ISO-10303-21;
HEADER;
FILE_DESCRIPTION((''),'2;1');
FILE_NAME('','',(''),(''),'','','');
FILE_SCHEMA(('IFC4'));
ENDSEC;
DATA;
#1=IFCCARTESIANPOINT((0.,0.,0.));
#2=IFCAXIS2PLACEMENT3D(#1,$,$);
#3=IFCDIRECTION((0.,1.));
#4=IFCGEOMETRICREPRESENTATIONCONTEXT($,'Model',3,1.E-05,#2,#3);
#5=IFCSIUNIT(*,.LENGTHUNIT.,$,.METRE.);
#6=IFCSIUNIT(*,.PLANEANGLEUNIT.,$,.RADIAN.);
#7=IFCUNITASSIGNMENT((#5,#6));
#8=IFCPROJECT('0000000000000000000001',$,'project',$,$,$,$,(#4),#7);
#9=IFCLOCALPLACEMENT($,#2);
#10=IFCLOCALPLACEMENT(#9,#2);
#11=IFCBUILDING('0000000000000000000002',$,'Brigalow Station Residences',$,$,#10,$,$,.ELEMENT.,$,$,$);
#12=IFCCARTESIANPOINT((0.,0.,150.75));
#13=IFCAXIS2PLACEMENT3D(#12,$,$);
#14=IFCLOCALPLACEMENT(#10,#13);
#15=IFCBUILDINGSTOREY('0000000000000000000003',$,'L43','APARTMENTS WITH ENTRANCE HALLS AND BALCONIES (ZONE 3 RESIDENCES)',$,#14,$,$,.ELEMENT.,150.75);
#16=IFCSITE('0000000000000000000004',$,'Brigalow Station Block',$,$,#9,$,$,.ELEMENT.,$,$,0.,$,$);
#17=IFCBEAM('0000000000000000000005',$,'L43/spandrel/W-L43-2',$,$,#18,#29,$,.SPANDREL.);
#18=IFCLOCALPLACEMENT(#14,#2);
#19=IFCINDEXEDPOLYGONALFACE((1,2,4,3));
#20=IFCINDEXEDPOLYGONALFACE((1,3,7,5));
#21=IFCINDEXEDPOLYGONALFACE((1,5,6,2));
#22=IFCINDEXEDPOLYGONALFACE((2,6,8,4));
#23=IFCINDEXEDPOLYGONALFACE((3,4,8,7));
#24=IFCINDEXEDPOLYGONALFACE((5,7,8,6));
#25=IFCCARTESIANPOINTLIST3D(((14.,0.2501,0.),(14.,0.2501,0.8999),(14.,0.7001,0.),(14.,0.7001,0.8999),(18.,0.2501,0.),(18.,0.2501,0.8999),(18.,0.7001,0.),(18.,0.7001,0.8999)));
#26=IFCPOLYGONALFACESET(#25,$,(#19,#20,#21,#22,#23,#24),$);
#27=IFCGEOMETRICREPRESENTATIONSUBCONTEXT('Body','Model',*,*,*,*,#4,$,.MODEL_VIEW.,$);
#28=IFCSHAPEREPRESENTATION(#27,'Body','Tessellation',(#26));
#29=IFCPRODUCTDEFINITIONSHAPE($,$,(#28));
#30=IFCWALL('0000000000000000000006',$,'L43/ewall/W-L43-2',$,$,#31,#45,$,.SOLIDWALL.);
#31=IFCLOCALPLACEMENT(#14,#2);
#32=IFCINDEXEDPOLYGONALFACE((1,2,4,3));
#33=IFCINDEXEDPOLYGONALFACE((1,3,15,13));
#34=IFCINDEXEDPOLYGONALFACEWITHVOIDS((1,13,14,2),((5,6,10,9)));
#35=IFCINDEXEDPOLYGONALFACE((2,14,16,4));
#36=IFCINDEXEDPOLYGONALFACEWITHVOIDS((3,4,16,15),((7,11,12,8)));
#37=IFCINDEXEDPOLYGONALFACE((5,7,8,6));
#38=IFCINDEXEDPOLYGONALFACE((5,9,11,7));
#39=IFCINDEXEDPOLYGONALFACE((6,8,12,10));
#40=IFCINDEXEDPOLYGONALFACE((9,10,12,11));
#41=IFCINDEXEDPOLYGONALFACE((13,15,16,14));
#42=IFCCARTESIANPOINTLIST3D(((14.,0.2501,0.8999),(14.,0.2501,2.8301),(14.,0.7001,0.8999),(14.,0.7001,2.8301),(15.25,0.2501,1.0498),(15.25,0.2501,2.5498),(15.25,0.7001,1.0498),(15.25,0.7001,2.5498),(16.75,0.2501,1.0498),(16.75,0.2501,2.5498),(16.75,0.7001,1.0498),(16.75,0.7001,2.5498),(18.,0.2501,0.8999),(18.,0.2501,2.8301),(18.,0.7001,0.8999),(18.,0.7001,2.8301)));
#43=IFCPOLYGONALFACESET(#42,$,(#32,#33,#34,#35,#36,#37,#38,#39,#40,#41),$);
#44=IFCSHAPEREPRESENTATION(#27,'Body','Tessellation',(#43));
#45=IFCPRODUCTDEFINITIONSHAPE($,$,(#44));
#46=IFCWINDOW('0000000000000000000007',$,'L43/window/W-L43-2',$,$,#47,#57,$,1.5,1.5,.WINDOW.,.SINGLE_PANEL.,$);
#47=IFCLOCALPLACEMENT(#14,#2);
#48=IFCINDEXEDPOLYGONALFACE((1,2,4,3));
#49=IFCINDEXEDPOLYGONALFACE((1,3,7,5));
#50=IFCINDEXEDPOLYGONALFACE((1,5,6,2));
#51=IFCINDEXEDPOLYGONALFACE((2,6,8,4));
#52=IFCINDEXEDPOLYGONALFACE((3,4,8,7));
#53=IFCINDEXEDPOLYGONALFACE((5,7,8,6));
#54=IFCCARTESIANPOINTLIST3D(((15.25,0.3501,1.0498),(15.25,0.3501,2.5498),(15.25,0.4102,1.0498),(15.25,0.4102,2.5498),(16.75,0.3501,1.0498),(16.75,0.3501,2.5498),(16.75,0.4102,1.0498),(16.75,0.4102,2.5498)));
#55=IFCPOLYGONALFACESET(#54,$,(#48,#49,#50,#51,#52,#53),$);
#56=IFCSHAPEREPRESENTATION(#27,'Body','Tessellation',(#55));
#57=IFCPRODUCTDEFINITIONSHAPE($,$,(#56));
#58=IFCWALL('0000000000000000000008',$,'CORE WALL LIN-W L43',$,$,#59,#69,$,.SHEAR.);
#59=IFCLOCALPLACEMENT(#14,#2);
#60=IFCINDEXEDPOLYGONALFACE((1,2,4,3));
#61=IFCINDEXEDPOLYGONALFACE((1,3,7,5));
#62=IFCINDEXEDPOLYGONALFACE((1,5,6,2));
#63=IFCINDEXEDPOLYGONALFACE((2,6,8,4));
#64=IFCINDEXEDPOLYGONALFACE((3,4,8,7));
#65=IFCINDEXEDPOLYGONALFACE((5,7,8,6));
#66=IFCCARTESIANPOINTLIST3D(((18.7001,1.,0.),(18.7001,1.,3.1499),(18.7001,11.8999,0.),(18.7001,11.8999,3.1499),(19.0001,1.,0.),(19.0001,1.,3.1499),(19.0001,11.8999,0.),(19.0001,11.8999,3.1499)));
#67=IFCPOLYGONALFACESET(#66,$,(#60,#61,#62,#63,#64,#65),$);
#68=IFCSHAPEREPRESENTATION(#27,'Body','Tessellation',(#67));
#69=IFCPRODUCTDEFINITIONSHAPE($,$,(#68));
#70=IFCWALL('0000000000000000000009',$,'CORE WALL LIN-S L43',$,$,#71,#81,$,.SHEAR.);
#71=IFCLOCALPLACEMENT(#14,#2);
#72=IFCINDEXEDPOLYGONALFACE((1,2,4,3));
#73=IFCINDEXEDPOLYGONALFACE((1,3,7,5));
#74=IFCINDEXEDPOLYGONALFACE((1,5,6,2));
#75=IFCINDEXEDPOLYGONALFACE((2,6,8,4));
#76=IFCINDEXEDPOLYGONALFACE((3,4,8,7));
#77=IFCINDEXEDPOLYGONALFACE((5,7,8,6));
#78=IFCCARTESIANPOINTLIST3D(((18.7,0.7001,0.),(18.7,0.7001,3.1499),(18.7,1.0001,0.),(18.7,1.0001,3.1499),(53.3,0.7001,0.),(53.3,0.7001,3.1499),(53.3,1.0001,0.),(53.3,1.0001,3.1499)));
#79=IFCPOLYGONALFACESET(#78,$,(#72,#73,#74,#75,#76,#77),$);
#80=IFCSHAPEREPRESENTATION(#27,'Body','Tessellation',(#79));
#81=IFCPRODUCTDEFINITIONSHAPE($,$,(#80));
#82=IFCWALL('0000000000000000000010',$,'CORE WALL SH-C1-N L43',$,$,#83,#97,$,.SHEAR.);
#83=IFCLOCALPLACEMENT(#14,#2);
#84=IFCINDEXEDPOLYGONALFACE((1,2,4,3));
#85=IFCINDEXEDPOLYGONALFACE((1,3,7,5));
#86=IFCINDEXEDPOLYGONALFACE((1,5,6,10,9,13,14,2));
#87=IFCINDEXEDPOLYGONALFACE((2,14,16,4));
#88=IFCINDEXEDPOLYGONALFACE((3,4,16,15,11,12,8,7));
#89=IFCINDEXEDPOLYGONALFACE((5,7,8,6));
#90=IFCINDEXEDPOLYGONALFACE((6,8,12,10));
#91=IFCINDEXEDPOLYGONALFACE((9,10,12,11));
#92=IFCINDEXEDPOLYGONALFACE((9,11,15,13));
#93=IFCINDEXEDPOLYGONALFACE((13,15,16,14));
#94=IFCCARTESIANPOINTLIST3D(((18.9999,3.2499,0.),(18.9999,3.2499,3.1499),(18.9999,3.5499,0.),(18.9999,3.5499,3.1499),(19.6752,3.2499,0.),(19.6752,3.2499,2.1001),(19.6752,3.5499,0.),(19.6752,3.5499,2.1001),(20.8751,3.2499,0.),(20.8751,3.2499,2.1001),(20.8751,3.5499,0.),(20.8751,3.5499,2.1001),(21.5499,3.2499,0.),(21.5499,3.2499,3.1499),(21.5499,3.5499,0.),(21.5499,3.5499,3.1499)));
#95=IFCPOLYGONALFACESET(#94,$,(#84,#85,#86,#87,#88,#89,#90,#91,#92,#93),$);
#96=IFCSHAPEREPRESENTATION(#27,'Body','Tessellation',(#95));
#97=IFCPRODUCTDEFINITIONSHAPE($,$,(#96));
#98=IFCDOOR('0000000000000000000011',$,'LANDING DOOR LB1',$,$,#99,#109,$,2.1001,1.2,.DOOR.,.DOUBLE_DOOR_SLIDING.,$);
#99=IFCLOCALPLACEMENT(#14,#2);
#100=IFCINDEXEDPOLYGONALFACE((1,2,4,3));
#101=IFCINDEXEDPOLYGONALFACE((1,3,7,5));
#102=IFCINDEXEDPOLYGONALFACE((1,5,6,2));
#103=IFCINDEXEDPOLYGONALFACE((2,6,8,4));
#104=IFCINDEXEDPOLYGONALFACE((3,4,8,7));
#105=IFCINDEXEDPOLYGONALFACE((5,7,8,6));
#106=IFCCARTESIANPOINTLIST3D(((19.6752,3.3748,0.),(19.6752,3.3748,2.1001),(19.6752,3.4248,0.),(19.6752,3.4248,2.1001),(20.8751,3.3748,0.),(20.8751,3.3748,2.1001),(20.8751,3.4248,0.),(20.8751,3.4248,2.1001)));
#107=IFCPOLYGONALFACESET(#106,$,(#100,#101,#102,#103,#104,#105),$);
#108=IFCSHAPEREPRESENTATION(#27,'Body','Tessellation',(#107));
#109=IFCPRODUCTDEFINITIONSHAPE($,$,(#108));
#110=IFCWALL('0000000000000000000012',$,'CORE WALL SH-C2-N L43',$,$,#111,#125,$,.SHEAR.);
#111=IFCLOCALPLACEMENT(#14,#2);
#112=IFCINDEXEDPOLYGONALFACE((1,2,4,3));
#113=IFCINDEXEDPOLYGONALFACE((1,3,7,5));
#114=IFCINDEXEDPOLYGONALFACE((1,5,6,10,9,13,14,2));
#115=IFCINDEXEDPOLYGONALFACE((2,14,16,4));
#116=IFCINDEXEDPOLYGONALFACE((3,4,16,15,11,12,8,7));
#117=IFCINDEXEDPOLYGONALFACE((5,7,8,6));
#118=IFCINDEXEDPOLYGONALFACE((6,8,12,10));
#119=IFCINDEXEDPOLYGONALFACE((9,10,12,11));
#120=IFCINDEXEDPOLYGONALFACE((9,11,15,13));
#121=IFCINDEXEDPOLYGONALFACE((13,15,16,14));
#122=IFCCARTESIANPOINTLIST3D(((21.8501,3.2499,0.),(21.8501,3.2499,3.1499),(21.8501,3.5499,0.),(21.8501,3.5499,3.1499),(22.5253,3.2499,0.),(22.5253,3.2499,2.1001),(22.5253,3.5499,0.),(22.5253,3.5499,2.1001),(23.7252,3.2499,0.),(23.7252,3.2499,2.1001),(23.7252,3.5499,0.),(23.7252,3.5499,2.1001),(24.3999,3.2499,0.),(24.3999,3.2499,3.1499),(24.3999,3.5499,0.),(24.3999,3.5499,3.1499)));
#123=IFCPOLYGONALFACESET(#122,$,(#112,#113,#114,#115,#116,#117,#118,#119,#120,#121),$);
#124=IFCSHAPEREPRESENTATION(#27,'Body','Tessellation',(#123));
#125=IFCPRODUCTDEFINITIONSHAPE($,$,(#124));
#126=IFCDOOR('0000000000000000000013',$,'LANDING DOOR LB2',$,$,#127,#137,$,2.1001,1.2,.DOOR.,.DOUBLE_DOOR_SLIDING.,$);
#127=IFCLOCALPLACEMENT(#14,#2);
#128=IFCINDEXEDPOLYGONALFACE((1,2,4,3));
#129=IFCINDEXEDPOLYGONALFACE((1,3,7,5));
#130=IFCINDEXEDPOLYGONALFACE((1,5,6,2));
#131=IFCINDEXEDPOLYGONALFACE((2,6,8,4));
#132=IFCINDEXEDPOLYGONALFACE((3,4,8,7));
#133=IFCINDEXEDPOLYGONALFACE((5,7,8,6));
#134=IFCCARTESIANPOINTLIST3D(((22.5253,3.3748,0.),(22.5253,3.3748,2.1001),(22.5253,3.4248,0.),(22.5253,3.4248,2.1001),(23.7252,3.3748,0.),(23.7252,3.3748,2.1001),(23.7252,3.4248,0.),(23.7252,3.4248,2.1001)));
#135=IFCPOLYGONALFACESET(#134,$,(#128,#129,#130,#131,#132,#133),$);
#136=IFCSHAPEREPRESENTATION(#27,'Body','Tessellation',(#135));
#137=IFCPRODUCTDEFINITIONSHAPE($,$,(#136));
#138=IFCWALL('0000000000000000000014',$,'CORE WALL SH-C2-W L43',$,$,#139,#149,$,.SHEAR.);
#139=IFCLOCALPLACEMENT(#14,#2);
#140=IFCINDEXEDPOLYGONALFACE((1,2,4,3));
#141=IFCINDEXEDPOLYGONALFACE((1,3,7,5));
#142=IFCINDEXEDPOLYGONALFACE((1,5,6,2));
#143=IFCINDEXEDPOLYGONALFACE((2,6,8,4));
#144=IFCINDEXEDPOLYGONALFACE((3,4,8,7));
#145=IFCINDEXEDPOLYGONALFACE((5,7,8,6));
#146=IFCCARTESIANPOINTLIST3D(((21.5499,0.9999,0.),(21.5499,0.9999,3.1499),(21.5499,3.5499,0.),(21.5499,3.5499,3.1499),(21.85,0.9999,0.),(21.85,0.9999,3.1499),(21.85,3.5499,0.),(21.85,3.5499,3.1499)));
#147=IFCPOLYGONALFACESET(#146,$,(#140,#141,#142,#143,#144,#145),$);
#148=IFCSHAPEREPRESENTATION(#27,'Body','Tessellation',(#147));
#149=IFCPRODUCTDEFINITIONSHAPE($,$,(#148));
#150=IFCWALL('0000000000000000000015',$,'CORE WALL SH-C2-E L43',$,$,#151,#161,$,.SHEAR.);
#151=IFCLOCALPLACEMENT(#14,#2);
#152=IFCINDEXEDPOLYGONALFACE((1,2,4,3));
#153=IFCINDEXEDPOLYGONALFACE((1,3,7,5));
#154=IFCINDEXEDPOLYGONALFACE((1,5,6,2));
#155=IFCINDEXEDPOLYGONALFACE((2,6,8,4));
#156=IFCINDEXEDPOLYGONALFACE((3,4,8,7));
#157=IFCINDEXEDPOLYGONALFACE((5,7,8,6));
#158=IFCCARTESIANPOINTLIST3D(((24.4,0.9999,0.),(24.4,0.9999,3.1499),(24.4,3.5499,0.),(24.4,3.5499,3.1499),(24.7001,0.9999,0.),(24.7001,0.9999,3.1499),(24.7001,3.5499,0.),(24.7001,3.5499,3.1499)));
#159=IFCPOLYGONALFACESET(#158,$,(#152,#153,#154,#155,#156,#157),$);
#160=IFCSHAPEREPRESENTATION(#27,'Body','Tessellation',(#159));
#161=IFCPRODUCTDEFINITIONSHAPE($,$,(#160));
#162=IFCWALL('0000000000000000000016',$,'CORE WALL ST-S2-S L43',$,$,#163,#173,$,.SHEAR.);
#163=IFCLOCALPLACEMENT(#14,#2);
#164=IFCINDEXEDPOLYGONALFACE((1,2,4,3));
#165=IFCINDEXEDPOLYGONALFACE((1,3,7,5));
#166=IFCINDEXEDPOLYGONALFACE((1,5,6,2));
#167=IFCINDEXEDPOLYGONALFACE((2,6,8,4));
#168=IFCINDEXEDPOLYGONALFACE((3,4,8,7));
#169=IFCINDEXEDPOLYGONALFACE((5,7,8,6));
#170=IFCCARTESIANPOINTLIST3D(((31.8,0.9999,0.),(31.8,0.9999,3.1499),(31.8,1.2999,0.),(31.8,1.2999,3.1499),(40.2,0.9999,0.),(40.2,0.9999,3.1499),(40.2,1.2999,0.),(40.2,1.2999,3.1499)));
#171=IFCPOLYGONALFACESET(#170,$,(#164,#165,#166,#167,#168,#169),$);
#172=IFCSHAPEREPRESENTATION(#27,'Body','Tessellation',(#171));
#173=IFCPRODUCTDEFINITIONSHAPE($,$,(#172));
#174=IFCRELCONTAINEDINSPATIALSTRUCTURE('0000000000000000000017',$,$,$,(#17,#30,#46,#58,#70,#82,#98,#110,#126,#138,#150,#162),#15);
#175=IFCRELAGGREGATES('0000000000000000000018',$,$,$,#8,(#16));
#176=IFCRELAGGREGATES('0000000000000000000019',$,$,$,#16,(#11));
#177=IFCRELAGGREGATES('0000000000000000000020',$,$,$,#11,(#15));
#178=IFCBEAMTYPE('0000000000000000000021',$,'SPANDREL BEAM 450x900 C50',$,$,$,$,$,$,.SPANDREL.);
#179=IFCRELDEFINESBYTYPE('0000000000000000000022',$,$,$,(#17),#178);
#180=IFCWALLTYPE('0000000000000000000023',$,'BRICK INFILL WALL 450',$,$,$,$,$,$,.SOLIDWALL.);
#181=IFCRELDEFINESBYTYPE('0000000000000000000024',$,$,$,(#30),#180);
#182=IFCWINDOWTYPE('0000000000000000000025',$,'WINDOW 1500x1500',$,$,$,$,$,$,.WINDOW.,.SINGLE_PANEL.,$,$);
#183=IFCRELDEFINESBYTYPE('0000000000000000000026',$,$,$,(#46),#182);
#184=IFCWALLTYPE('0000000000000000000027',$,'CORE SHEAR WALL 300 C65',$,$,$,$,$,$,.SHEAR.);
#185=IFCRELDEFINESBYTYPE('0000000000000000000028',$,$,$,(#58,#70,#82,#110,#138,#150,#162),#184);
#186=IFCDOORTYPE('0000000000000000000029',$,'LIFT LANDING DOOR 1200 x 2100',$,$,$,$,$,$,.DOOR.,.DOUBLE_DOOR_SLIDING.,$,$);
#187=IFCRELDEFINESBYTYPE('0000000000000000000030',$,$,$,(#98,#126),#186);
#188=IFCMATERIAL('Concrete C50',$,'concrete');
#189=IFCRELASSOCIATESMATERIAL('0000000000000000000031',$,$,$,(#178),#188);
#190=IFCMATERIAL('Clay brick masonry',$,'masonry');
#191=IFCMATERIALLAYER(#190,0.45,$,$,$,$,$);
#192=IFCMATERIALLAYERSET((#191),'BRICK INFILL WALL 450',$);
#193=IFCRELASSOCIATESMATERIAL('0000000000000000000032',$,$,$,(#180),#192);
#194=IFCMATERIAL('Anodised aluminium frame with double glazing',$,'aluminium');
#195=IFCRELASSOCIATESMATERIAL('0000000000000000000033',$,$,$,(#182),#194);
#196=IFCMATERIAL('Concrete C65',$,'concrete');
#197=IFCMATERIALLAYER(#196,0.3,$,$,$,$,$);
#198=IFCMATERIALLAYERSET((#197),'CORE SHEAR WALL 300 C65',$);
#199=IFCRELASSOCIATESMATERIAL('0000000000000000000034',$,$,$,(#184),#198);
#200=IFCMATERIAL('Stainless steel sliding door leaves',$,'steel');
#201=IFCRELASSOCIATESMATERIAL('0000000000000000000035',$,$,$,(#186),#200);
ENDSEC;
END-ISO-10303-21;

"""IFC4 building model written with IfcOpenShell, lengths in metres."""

from ifc_helpers import new_model, si_unit, direction, frame, frame_2d, origin, origin_2d, place, context, subcontext, project, spatial, rectangle, extrude, material, layer, layer_set, material_profile, profile_set, type_object, element, fill, save


model = new_model("IFC4")

# Units and contexts
model_context = context("Model", 3, precision=1e-05, world=origin(), true_north=direction((0.0, 1.0)))
body_context = subcontext(model_context, "Body", "Model", "MODEL_VIEW")
ifc_project = project(units=[si_unit("LENGTHUNIT", "METRE"), si_unit("PLANEANGLEUNIT", "RADIAN")], contexts=[model_context])

# Site, building, storey
site_placement = place(None, origin())
site = spatial("IfcSite", under=ifc_project, at=site_placement, Name="Brigalow Station Block", CompositionType="ELEMENT", RefElevation=0.0)
building_placement = place(site_placement, origin())
building = spatial("IfcBuilding", under=site, at=building_placement, Name="Brigalow Station Residences", CompositionType="ELEMENT")
storey_placement = place(building_placement, frame((0.0, 0.0, 150.75)))
storey = spatial("IfcBuildingStorey", under=building, at=storey_placement, Name="L43", Description="APARTMENTS WITH ENTRANCE HALLS AND BALCONIES (ZONE 3 RESIDENCES)", CompositionType="ELEMENT", Elevation=150.75)

# Beam
ifc_material_1 = material(Name="Concrete C50", Category="concrete")
ifc_material_profile = material_profile(ifc_material_1, rectangle(XDim=0.45, YDim=0.8999, at=origin_2d()), Name="RC450x900")
ifc_profile_set = profile_set([ifc_material_profile], Name="Concrete C50")
beam_type = type_object("IfcBeamType", Name="SPANDREL BEAM 450x900 C50", PredefinedType="SPANDREL", material=ifc_profile_set)
beam_placement = place(storey_placement, frame((14.0, 0.4751, 0.45), z_axis=(1.0, 0.0, 0.0), x_axis=(0.0, 1.0, 0.0)))
element("IfcBeam", 1, at=beam_placement, inside=storey, type_object=beam_type, Name="L43/spandrel/W-L43-2", PredefinedType="SPANDREL", context=body_context, shape_type="SweptSolid", body=[
    extrude(rectangle(XDim=0.45, YDim=0.8999, at=origin_2d()), origin(), (0.0, 0.0, 1.0), 4.0),
])

# Wall, opening, window
ifc_material_2 = material(Name="Clay brick masonry", Category="masonry")
ifc_layer_1 = layer(ifc_material_2, 0.45)
ifc_layer_set_1 = layer_set([ifc_layer_1], Name="BRICK INFILL WALL 450")
wall_type_1 = type_object("IfcWallType", Name="BRICK INFILL WALL 450", PredefinedType="SOLIDWALL", material=ifc_layer_set_1)
wall_1_placement = place(storey_placement, frame((14.0, 0.4751, 0.8999), z_axis=(0.0, 0.0, 1.0), x_axis=(1.0, 0.0, 0.0)))
wall_1 = element("IfcWall", 2, at=wall_1_placement, inside=storey, type_object=wall_type_1, Name="L43/ewall/W-L43-2", PredefinedType="SOLIDWALL", context=body_context, shape_type="SweptSolid", body=[
    extrude(rectangle(XDim=4.0, YDim=0.45, at=frame_2d((2.0, 0.0))), origin(), (0.0, 0.0, 1.0), 1.9302),
])
opening_1_placement = place(wall_1_placement, frame((1.25, 0.0, 0.1499)))
opening_1 = element("IfcOpeningElement", 3, at=opening_1_placement, cuts=wall_1, PredefinedType="OPENING", context=body_context, shape_type="SweptSolid", body=[
    extrude(rectangle(XDim=1.5, YDim=1.5, at=frame_2d((0.75, 0.75))), frame((0.0, 0.2349, 0.0), z_axis=(0.0, -1.0, 0.0), x_axis=(1.0, 0.0, 0.0)), (0.0, 0.0, 1.0), 0.47),
])
ifc_material_3 = material(Name="Anodised aluminium frame with double glazing", Category="aluminium")
window_type = type_object("IfcWindowType", Name="WINDOW 1500x1500", PartitioningType="SINGLE_PANEL", PredefinedType="WINDOW", material=ifc_material_3)
window_placement = place(opening_1_placement, origin())
window = element("IfcWindow", 4, at=window_placement, inside=storey, type_object=window_type, Name="L43/window/W-L43-2", OverallHeight=1.5, OverallWidth=1.5, PartitioningType="SINGLE_PANEL", PredefinedType="WINDOW", context=body_context, shape_type="SweptSolid", body=[
    extrude(rectangle(XDim=1.5, YDim=1.5, at=frame_2d((0.75, 0.75))), frame((0.0, -0.0649, 0.0), z_axis=(0.0, -1.0, 0.0), x_axis=(1.0, 0.0, 0.0)), (0.0, 0.0, 1.0), 0.0601),
])
fill(opening_1, window)

# Walls
ifc_material_4 = material(Name="Concrete C65", Category="concrete")
ifc_layer_2 = layer(ifc_material_4, 0.3)
ifc_layer_set_2 = layer_set([ifc_layer_2], Name="CORE SHEAR WALL 300 C65")
wall_type_2 = type_object("IfcWallType", Name="CORE SHEAR WALL 300 C65", PredefinedType="SHEAR", material=ifc_layer_set_2)
wall_2_placement = place(storey_placement, frame((18.8501, 1.0, 0.0), z_axis=(0.0, 0.0, 1.0), x_axis=(0.0, 1.0, 0.0)))
element("IfcWall", 5, at=wall_2_placement, inside=storey, type_object=wall_type_2, Name="CORE WALL LIN-W L43", PredefinedType="SHEAR", context=body_context, shape_type="SweptSolid", body=[
    extrude(rectangle(XDim=10.8999, YDim=0.3, at=frame_2d((5.45, 0.0))), origin(), (0.0, 0.0, 1.0), 3.1499),
])
wall_3_placement = place(storey_placement, frame((18.7, 0.8501, 0.0), z_axis=(0.0, 0.0, 1.0), x_axis=(1.0, 0.0, 0.0)))
element("IfcWall", 6, at=wall_3_placement, inside=storey, type_object=wall_type_2, Name="CORE WALL LIN-S L43", PredefinedType="SHEAR", context=body_context, shape_type="SweptSolid", body=[
    extrude(rectangle(XDim=34.6001, YDim=0.3, at=frame_2d((17.3, 0.0))), origin(), (0.0, 0.0, 1.0), 3.1499),
])

# Walls, openings, doors
wall_4_placement = place(storey_placement, frame((19.0, 3.3999, 0.0), z_axis=(0.0, 0.0, 1.0), x_axis=(1.0, 0.0, 0.0)))
wall_4 = element("IfcWall", 7, at=wall_4_placement, inside=storey, type_object=wall_type_2, Name="CORE WALL SH-C1-N L43", PredefinedType="SHEAR", context=body_context, shape_type="SweptSolid", body=[
    extrude(rectangle(XDim=2.55, YDim=0.3, at=frame_2d((1.2749, 0.0))), origin(), (0.0, 0.0, 1.0), 3.1499),
])
opening_2_placement = place(wall_4_placement, frame((0.675, 0.0, 0.0)))
opening_2 = element("IfcOpeningElement", 8, at=opening_2_placement, cuts=wall_4, PredefinedType="OPENING", context=body_context, shape_type="SweptSolid", body=[
    extrude(rectangle(XDim=1.2, YDim=2.1001, at=frame_2d((0.6001, 1.05))), frame((0.0, 0.1602, 0.0), z_axis=(0.0, -1.0, 0.0), x_axis=(1.0, 0.0, 0.0)), (0.0, 0.0, 1.0), 0.3201),
])
ifc_material_5 = material(Name="Stainless steel sliding door leaves", Category="steel")
door_type = type_object("IfcDoorType", Name="LIFT LANDING DOOR 1200 x 2100", OperationType="DOUBLE_DOOR_SLIDING", PredefinedType="DOOR", material=ifc_material_5)
door_1_placement = place(opening_2_placement, origin())
door_1 = element("IfcDoor", 9, at=door_1_placement, inside=storey, type_object=door_type, Name="LANDING DOOR LB1", OperationType="DOUBLE_DOOR_SLIDING", OverallHeight=2.1001, OverallWidth=1.2, PredefinedType="DOOR", context=body_context, shape_type="SweptSolid", body=[
    extrude(rectangle(XDim=1.2, YDim=2.1001, at=frame_2d((0.6001, 1.05))), frame((0.0, 0.0249, 0.0), z_axis=(0.0, -1.0, 0.0), x_axis=(1.0, 0.0, 0.0)), (0.0, 0.0, 1.0), 0.05),
])
fill(opening_2, door_1)
wall_5_placement = place(storey_placement, frame((21.8501, 3.3999, 0.0), z_axis=(0.0, 0.0, 1.0), x_axis=(1.0, 0.0, 0.0)))
wall_5 = element("IfcWall", 10, at=wall_5_placement, inside=storey, type_object=wall_type_2, Name="CORE WALL SH-C2-N L43", PredefinedType="SHEAR", context=body_context, shape_type="SweptSolid", body=[
    extrude(rectangle(XDim=2.5498, YDim=0.3, at=frame_2d((1.2749, 0.0))), origin(), (0.0, 0.0, 1.0), 3.1499),
])
opening_3_placement = place(wall_5_placement, frame((0.675, 0.0, 0.0)))
opening_3 = element("IfcOpeningElement", 11, at=opening_3_placement, cuts=wall_5, PredefinedType="OPENING", context=body_context, shape_type="SweptSolid", body=[
    extrude(rectangle(XDim=1.2, YDim=2.1001, at=frame_2d((0.6001, 1.05))), frame((0.0, 0.1602, 0.0), z_axis=(0.0, -1.0, 0.0), x_axis=(1.0, 0.0, 0.0)), (0.0, 0.0, 1.0), 0.3201),
])
door_2_placement = place(opening_3_placement, origin())
door_2 = element("IfcDoor", 12, at=door_2_placement, inside=storey, type_object=door_type, Name="LANDING DOOR LB2", OperationType="DOUBLE_DOOR_SLIDING", OverallHeight=2.1001, OverallWidth=1.2, PredefinedType="DOOR", context=body_context, shape_type="SweptSolid", body=[
    extrude(rectangle(XDim=1.2, YDim=2.1001, at=frame_2d((0.6001, 1.05))), frame((0.0, 0.0249, 0.0), z_axis=(0.0, -1.0, 0.0), x_axis=(1.0, 0.0, 0.0)), (0.0, 0.0, 1.0), 0.05),
])
fill(opening_3, door_2)

# Walls
for number, where, z_axis, x_axis, name in (
    (13, (21.7, 1.0, 0.0), (0.0, 0.0, 1.0), (0.0, 1.0, 0.0), "CORE WALL SH-C2-W L43"),
    (14, (24.55, 1.0, 0.0), (0.0, 0.0, 1.0), (0.0, 1.0, 0.0), "CORE WALL SH-C2-E L43"),
):
    element("IfcWall", number, at=place(storey_placement, frame(where, z_axis=z_axis, x_axis=x_axis)), inside=storey, type_object=wall_type_2, Name=name, PredefinedType="SHEAR", context=body_context, shape_type="SweptSolid", body=[
        extrude(rectangle(XDim=2.55, YDim=0.3, at=frame_2d((1.2749, 0.0))), origin(), (0.0, 0.0, 1.0), 3.1499),
    ])
wall_6_placement = place(storey_placement, frame((31.8, 1.1499, 0.0), z_axis=(0.0, 0.0, 1.0), x_axis=(1.0, 0.0, 0.0)))
element("IfcWall", 15, at=wall_6_placement, inside=storey, type_object=wall_type_2, Name="CORE WALL ST-S2-S L43", PredefinedType="SHEAR", context=body_context, shape_type="SweptSolid", body=[
    extrude(rectangle(XDim=8.3999, YDim=0.3, at=frame_2d((4.2, 0.0))), origin(), (0.0, 0.0, 1.0), 3.1499),
])

save(model, "model.ifc")
